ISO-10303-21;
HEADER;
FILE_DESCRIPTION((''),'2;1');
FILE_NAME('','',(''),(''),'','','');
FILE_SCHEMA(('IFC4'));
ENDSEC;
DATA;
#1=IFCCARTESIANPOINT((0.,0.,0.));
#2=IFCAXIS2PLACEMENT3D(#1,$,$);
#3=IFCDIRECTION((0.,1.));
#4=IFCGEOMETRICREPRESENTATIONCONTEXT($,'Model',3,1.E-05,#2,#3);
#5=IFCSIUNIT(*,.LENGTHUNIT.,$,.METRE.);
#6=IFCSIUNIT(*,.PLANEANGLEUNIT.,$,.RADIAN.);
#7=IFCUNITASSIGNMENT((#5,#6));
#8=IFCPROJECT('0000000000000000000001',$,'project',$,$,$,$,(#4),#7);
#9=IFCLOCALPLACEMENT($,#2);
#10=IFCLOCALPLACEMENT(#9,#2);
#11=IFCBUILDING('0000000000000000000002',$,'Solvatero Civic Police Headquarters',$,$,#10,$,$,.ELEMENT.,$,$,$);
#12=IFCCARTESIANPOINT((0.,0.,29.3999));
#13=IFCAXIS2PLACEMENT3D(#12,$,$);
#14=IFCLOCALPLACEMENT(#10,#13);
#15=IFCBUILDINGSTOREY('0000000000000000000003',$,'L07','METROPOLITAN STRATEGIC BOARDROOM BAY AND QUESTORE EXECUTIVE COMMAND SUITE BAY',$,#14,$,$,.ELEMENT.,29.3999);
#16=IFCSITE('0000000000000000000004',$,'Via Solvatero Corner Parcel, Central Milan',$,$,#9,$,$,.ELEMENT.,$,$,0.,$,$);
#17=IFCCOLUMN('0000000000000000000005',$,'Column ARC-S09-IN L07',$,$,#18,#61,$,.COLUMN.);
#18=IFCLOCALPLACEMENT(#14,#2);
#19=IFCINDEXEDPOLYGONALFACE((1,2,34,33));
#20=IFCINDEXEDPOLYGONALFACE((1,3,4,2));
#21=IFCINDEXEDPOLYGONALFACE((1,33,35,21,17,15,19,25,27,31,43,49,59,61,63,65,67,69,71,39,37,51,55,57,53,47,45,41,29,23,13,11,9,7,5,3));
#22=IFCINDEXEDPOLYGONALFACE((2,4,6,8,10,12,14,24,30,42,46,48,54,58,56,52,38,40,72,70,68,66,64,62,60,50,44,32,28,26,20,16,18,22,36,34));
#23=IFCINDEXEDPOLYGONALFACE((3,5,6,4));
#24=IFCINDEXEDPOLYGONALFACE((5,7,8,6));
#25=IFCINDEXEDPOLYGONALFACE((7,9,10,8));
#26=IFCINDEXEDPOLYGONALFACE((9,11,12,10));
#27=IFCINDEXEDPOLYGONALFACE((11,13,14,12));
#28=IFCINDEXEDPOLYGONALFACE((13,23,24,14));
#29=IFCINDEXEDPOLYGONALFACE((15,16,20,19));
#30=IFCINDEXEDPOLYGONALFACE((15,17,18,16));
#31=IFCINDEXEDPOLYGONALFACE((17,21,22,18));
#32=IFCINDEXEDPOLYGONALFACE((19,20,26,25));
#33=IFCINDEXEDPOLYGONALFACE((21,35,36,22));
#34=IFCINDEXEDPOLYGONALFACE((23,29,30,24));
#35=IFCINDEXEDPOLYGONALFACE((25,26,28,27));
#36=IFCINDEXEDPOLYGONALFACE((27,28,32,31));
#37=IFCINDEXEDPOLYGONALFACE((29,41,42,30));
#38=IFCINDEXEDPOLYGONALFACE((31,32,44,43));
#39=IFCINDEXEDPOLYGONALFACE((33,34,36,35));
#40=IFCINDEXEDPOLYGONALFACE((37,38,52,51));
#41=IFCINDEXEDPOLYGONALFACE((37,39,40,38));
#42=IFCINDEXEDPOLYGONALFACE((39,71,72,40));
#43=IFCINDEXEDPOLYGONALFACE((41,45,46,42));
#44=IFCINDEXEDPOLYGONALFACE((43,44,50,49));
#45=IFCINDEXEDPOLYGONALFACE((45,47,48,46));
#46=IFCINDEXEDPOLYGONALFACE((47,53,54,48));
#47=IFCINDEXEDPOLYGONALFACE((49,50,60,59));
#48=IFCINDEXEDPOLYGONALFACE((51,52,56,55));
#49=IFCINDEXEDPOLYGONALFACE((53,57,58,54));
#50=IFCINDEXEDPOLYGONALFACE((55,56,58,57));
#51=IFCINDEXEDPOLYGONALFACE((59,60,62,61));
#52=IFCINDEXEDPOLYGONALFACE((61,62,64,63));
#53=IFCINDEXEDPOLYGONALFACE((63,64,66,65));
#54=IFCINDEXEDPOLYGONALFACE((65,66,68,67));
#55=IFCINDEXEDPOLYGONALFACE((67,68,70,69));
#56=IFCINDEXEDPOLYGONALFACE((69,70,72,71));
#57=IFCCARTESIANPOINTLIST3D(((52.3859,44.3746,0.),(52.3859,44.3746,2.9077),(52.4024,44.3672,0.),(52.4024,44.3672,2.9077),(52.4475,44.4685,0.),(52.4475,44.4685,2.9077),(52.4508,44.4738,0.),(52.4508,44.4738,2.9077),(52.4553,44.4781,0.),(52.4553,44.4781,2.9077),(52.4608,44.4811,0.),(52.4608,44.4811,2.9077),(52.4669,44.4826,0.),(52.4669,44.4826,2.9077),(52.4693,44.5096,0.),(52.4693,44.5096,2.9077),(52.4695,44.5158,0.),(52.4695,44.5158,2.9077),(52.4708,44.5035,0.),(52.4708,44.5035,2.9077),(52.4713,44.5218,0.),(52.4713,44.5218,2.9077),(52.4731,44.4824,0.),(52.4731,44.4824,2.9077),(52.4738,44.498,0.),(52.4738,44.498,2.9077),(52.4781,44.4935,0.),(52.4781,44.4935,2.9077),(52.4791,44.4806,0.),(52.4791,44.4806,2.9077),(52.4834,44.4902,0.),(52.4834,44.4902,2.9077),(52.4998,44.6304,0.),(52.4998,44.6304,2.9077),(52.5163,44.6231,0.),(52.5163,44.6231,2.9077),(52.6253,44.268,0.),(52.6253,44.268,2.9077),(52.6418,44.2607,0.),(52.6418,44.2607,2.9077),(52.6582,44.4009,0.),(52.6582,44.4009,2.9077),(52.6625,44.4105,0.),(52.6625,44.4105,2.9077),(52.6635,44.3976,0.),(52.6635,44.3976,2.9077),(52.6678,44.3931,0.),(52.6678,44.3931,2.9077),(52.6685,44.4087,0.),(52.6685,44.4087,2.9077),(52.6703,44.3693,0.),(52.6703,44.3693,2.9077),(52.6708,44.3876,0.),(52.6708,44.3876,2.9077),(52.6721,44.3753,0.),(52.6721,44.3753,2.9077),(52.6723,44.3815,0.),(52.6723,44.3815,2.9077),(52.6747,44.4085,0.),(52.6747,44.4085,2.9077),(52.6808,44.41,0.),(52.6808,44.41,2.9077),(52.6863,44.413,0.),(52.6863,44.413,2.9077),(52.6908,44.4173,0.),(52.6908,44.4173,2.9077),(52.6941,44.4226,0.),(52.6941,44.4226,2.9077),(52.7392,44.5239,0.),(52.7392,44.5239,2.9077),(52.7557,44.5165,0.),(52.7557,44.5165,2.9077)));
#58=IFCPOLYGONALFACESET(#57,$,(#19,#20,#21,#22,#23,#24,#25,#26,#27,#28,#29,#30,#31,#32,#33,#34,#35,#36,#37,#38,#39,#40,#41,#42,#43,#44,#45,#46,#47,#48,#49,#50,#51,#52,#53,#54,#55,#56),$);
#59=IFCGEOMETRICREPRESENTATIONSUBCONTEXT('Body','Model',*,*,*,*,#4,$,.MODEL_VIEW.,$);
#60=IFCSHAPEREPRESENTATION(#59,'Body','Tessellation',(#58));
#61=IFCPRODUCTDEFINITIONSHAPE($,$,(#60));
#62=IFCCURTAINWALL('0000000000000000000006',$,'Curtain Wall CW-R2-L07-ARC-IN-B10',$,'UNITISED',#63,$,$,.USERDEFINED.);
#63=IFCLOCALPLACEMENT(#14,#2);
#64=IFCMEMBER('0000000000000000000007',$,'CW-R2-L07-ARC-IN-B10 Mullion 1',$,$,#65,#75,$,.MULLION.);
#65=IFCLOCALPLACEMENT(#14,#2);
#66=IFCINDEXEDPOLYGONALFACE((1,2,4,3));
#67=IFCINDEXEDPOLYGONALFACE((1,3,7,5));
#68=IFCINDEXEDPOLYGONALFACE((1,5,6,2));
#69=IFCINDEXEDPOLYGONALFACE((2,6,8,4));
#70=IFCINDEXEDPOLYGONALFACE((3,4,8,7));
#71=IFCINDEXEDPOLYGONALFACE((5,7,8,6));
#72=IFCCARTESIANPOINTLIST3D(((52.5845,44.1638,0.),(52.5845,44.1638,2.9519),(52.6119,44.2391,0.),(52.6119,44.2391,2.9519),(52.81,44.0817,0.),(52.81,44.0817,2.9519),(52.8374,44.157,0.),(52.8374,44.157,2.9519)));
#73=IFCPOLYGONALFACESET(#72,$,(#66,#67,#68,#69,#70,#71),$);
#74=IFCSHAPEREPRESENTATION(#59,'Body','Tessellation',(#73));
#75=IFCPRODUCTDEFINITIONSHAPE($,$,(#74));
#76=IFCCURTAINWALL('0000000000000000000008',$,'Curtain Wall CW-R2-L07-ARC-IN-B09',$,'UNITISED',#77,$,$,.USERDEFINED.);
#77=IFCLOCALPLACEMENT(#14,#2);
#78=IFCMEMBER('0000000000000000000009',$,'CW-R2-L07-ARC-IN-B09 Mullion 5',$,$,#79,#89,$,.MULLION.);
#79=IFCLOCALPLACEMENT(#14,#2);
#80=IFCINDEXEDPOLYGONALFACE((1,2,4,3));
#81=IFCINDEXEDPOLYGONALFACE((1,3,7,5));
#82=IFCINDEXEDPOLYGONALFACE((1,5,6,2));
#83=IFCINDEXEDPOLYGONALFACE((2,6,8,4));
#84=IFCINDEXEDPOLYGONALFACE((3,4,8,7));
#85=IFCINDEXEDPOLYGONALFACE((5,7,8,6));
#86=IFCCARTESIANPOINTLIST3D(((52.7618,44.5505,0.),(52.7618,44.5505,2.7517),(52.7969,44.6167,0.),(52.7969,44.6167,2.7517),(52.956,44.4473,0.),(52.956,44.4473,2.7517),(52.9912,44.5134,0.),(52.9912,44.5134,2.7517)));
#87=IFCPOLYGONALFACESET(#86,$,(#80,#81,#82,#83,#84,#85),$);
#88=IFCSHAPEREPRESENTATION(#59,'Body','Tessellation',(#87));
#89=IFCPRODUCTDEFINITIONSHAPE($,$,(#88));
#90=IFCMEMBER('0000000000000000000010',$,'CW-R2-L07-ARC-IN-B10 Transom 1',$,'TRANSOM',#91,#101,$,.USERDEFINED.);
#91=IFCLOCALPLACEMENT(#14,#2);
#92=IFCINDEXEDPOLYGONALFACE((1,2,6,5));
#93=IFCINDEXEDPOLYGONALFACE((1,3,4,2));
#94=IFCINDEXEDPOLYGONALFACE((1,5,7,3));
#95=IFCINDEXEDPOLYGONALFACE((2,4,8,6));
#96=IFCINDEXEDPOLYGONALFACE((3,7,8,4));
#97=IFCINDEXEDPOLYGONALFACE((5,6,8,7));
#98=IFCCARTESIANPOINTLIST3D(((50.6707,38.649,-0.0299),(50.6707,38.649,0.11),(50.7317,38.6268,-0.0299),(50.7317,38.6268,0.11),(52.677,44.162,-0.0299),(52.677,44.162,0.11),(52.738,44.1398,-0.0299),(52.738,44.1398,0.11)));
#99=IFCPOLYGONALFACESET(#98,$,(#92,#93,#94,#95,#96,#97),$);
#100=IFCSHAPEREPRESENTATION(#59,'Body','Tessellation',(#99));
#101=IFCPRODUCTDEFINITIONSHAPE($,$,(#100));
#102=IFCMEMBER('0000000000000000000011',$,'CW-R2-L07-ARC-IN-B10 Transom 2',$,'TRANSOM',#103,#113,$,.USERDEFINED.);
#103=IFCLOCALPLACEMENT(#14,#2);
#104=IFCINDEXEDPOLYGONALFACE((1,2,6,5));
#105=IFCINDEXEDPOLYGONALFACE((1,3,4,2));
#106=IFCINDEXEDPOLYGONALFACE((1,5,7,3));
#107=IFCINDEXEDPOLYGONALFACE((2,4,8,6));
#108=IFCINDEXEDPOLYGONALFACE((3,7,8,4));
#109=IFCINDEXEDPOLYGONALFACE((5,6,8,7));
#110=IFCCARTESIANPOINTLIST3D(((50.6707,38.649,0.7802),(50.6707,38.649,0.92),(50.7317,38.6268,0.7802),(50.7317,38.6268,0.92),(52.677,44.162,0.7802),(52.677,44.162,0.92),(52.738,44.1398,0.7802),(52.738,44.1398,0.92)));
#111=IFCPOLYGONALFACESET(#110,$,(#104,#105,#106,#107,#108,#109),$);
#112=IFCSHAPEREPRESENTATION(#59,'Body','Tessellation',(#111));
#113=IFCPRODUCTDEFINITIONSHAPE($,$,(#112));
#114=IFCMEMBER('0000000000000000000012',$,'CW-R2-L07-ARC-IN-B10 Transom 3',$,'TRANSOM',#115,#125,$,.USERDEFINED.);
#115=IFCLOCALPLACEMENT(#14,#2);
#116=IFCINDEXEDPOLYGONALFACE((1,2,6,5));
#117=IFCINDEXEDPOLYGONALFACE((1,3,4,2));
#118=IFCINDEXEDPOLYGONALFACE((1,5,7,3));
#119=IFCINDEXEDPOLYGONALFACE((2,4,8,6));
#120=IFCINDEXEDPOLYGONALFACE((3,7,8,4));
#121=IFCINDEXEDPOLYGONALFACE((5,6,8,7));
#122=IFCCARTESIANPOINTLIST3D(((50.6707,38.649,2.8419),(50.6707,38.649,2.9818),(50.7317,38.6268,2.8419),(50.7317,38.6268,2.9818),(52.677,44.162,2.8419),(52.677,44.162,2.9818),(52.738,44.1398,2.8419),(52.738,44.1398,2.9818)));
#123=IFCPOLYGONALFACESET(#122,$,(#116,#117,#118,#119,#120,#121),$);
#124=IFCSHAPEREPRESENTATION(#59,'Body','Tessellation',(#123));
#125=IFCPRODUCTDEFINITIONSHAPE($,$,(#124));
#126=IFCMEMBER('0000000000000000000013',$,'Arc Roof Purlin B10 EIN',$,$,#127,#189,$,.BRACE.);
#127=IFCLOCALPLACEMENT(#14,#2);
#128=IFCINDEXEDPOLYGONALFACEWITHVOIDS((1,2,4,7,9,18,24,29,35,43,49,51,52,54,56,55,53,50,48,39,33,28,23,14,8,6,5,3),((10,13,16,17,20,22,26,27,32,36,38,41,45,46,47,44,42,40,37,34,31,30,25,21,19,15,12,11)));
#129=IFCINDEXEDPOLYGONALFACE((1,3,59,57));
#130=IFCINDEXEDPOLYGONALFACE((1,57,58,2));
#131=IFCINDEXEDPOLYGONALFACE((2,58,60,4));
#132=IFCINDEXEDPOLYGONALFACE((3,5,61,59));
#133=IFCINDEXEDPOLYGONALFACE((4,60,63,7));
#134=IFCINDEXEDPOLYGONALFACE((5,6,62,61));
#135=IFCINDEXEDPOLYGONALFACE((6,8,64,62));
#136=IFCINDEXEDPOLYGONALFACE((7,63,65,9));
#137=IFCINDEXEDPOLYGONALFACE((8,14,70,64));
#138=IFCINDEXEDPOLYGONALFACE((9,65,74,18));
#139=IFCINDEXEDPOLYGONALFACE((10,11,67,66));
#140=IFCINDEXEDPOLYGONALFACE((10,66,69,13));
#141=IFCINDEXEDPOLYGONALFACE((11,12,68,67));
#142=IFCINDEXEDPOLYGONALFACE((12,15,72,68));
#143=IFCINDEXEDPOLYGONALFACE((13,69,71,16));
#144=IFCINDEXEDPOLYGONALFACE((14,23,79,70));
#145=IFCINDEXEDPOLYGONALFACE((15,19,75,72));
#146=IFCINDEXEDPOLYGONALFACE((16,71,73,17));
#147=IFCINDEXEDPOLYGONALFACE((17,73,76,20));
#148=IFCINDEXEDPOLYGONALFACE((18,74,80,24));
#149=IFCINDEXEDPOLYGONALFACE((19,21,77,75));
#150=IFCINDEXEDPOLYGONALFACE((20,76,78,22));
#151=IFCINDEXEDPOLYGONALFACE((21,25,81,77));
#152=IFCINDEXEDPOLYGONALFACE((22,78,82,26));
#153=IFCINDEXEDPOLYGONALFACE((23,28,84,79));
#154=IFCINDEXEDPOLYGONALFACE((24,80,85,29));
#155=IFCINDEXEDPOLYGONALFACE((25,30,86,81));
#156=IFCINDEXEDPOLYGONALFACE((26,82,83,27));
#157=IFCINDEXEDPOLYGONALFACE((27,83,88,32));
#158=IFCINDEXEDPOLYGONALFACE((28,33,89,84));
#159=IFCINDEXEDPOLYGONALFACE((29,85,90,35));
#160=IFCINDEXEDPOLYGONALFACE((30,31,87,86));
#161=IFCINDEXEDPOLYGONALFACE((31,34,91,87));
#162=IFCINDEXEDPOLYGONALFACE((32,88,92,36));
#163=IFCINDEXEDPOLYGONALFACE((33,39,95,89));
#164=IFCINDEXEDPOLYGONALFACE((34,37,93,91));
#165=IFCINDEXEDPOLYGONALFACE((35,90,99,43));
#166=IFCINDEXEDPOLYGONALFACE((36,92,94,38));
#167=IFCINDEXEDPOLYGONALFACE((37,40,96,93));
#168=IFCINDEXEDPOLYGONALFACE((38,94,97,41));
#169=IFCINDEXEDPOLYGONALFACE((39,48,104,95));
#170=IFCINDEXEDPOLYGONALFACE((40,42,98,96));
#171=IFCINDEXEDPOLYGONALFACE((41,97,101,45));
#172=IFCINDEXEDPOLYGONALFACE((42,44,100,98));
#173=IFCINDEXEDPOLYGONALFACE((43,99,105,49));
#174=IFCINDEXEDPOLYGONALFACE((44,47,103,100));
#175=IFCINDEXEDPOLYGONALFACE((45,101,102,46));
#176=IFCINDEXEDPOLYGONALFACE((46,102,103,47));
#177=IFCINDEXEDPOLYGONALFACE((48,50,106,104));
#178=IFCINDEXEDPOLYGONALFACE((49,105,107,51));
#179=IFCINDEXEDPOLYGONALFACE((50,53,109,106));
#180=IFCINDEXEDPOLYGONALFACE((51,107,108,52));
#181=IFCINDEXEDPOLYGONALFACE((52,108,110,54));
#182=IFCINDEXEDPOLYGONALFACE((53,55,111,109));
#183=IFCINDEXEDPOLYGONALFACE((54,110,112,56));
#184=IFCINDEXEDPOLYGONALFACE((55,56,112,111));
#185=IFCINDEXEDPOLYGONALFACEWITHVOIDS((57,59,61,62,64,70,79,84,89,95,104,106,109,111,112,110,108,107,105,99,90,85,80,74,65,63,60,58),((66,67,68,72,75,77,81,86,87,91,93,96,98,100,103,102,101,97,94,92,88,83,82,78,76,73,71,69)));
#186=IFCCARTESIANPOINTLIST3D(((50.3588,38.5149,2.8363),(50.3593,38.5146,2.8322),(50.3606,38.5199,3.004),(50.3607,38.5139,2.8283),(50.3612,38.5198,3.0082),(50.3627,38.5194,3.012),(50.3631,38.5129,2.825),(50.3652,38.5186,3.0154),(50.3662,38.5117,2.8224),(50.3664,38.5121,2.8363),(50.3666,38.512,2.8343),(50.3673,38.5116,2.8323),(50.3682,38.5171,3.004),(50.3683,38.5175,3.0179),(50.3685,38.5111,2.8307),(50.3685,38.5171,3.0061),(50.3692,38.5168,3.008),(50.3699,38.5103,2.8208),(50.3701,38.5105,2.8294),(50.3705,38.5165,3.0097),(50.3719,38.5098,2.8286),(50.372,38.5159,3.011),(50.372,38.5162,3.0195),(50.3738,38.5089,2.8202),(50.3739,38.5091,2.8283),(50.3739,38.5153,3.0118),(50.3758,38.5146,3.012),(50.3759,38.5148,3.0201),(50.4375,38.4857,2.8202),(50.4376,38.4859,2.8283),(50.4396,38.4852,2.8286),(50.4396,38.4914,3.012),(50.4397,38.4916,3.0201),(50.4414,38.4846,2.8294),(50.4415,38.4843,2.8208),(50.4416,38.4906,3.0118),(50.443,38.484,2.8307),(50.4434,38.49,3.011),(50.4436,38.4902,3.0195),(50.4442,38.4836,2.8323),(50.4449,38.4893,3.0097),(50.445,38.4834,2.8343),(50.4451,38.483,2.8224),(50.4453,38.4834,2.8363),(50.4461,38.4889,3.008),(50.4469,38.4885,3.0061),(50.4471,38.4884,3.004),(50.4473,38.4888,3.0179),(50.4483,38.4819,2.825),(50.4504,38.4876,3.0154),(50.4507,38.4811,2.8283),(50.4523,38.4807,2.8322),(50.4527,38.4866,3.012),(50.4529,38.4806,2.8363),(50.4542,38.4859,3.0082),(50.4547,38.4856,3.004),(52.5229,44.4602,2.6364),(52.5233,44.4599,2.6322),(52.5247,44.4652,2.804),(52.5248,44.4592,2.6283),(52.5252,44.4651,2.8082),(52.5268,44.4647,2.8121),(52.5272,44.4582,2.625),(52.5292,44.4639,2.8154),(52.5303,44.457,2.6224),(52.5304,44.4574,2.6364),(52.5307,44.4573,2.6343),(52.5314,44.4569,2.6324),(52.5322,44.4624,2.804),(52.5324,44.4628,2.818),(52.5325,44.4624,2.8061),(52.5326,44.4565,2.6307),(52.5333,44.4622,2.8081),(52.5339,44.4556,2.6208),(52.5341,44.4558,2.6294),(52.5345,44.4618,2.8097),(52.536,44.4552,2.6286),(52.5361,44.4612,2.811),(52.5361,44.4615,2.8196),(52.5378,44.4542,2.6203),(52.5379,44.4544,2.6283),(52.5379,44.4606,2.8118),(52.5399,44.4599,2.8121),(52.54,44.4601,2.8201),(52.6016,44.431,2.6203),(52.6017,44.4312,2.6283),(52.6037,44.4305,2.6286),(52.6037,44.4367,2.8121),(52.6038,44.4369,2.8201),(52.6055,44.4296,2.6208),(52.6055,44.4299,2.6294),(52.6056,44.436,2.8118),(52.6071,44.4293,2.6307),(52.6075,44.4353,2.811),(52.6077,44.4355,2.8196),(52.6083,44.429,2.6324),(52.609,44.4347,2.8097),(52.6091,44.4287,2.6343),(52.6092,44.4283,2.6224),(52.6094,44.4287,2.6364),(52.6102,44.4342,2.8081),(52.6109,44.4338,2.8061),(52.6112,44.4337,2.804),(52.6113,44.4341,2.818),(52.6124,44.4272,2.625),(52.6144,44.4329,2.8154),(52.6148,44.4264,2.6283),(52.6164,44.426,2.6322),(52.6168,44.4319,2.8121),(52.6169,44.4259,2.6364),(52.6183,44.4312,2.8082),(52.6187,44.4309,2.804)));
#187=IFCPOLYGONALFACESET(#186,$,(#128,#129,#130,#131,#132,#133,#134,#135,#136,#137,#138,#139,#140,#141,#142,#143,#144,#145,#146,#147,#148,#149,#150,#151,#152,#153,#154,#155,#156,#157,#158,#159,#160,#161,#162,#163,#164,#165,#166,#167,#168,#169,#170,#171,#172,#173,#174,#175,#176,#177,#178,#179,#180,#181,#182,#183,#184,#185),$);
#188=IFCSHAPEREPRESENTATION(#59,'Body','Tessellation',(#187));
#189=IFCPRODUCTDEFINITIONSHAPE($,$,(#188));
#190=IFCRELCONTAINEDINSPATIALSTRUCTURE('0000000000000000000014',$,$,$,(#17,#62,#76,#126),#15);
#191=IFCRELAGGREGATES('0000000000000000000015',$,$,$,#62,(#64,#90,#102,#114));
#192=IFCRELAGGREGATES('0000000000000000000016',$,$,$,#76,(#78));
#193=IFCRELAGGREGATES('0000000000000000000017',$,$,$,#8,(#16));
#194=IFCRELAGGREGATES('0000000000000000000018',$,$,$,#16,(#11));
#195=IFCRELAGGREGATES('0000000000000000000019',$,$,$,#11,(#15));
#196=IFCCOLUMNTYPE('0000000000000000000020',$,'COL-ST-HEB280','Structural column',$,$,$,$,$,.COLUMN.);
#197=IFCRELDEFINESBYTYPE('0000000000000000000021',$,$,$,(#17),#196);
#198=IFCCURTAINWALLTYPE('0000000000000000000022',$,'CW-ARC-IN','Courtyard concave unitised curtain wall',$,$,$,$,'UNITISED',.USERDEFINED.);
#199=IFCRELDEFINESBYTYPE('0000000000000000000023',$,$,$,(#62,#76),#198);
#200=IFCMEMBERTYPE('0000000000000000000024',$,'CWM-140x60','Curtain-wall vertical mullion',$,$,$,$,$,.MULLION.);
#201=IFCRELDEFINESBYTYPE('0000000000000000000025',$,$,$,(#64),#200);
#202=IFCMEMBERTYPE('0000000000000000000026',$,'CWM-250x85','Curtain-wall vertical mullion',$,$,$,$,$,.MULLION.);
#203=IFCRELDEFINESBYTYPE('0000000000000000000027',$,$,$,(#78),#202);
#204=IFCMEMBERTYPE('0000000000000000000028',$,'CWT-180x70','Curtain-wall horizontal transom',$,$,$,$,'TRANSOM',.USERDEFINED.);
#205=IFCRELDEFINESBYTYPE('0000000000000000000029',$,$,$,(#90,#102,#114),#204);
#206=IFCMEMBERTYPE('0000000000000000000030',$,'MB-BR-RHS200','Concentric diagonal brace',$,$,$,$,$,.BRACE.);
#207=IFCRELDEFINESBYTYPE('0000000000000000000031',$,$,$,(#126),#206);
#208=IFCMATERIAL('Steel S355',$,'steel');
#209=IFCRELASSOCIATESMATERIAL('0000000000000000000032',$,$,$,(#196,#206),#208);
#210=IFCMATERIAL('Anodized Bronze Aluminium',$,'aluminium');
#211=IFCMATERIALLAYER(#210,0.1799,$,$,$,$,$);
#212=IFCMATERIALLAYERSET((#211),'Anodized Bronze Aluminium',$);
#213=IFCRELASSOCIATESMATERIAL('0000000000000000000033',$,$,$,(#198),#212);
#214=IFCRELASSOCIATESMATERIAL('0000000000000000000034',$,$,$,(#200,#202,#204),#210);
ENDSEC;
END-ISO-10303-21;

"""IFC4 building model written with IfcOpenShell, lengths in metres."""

from ifc_helpers import new_model, si_unit, direction, frame, origin, origin_2d, place, context, subcontext, project, spatial, rectangle, hollow_rectangle, i_section, extrude, material, layer, layer_set, material_profile, profile_set, type_object, element, aggregate, save


model = new_model("IFC4")

# Units and contexts
model_context = context("Model", 3, precision=1e-05, world=origin(), true_north=direction((0.0, 1.0)))
body_context = subcontext(model_context, "Body", "Model", "MODEL_VIEW")
ifc_project = project(units=[si_unit("LENGTHUNIT", "METRE"), si_unit("PLANEANGLEUNIT", "RADIAN")], contexts=[model_context])

# Site, building, storey
site_placement = place(None, origin())
site = spatial("IfcSite", under=ifc_project, at=site_placement, Name="Via Solvatero Corner Parcel, Central Milan", CompositionType="ELEMENT", RefElevation=0.0)
building_placement = place(site_placement, origin())
building = spatial("IfcBuilding", under=site, at=building_placement, Name="Solvatero Civic Police Headquarters", CompositionType="ELEMENT")
storey_placement = place(building_placement, frame((0.0, 0.0, 29.3999)))
storey = spatial("IfcBuildingStorey", under=building, at=storey_placement, Name="L07", Description="METROPOLITAN STRATEGIC BOARDROOM BAY AND QUESTORE EXECUTIVE COMMAND SUITE BAY", CompositionType="ELEMENT", Elevation=29.3999)

# Column
ifc_material_1 = material(Name="Steel S355", Category="steel")
ifc_material_profile_1 = material_profile(ifc_material_1, i_section(OverallWidth=0.28, OverallDepth=0.28, WebThickness=0.0105, FlangeThickness=0.0181, FilletRadius=0.0239, at=origin_2d()), Name="HEB 280")
ifc_profile_set_1 = profile_set([ifc_material_profile_1], Name="Steel S355")
column_type = type_object("IfcColumnType", Name="COL-ST-HEB280", Description="Structural column", PredefinedType="COLUMN", material=ifc_profile_set_1)
column_placement = place(storey_placement, frame((52.5708, 44.4456, 0.0), z_axis=(0.0, 0.0, 1.0), x_axis=(0.406737, 0.913545, 0.0)))
element("IfcColumn", 1, at=column_placement, inside=storey, type_object=column_type, Name="Column ARC-S09-IN L07", PredefinedType="COLUMN", context=body_context, shape_type="SweptSolid", body=[
    extrude(i_section(OverallWidth=0.28, OverallDepth=0.28, WebThickness=0.0105, FlangeThickness=0.0181, FilletRadius=0.0239, at=origin_2d()), origin(), (0.0, 0.0, 1.0), 2.9077),
])

# Curtain walls, members
ifc_material_2 = material(Name="Anodized Bronze Aluminium", Category="aluminium")
ifc_layer_1 = layer(ifc_material_2, 0.1799)
ifc_layer_set_1 = layer_set([ifc_layer_1], Name="Anodized Bronze Aluminium")
curtain_wall_type = type_object("IfcCurtainWallType", Name="CW-ARC-IN", Description="Courtyard concave unitised curtain wall", ElementType="UNITISED", PredefinedType="USERDEFINED", material=ifc_layer_set_1)
curtain_wall_1_placement = place(storey_placement, origin())
curtain_wall_1 = element("IfcCurtainWall", 2, at=curtain_wall_1_placement, inside=storey, type_object=curtain_wall_type, Name="Curtain Wall CW-R2-L07-ARC-IN-B10", ObjectType="UNITISED", PredefinedType="USERDEFINED")
ifc_material_profile_2 = material_profile(ifc_material_2, rectangle(XDim=0.0801, YDim=0.24, at=origin_2d()), Name="ALU MULLION 80x240")
ifc_profile_set_2 = profile_set([ifc_material_profile_2], Name="Anodized Bronze Aluminium")
member_type_1 = type_object("IfcMemberType", Name="CWM-140x60", Description="Curtain-wall vertical mullion", PredefinedType="MULLION", material=ifc_profile_set_2)
member_1_placement = place(storey_placement, frame((52.7109, 44.1604, 0.0), z_axis=(0.0, 0.0, 1.0), x_axis=(-0.342004, -0.939699, 0.0)))
member_1 = element("IfcMember", 3, at=member_1_placement, type_object=member_type_1, Name="CW-R2-L07-ARC-IN-B10 Mullion 1", PredefinedType="MULLION", context=body_context, shape_type="SweptSolid", body=[
    extrude(rectangle(XDim=0.0801, YDim=0.24, at=origin_2d()), origin(), (0.0, 0.0, 1.0), 2.9519),
])
curtain_wall_2_placement = place(storey_placement, origin())
curtain_wall_2 = element("IfcCurtainWall", 4, at=curtain_wall_2_placement, inside=storey, type_object=curtain_wall_type, Name="Curtain Wall CW-R2-L07-ARC-IN-B09", ObjectType="UNITISED", PredefinedType="USERDEFINED")
ifc_material_profile_3 = material_profile(ifc_material_2, rectangle(XDim=0.075, YDim=0.22, at=origin_2d()), Name="ALU MULLION 75x220")
ifc_profile_set_3 = profile_set([ifc_material_profile_3], Name="Anodized Bronze Aluminium")
member_type_2 = type_object("IfcMemberType", Name="CWM-250x85", Description="Curtain-wall vertical mullion", PredefinedType="MULLION", material=ifc_profile_set_3)
member_2_placement = place(storey_placement, frame((52.8765, 44.532, 0.0), z_axis=(0.0, 0.0, 1.0), x_axis=(-0.469487, -0.882939, 0.0)))
member_2 = element("IfcMember", 5, at=member_2_placement, type_object=member_type_2, Name="CW-R2-L07-ARC-IN-B09 Mullion 5", PredefinedType="MULLION", context=body_context, shape_type="SweptSolid", body=[
    extrude(rectangle(XDim=0.075, YDim=0.22, at=origin_2d()), origin(), (0.0, 0.0, 1.0), 2.7517),
])

# Members
ifc_material_profile_4 = material_profile(ifc_material_2, rectangle(XDim=0.0649, YDim=0.1399, at=origin_2d()), Name="ALU TRANSOM 65x140")
ifc_profile_set_4 = profile_set([ifc_material_profile_4], Name="Anodized Bronze Aluminium")
member_type_3 = type_object("IfcMemberType", Name="CWT-180x70", Description="Curtain-wall horizontal transom", ElementType="TRANSOM", PredefinedType="USERDEFINED", material=ifc_profile_set_4)
member_3_placement = place(storey_placement, frame((52.7075, 44.1509, 0.04), z_axis=(-0.34199, -0.939703, 0.0), x_axis=(0.939703, -0.34199, 0.0)))
member_3 = element("IfcMember", 6, at=member_3_placement, type_object=member_type_3, Name="CW-R2-L07-ARC-IN-B10 Transom 1", ObjectType="TRANSOM", PredefinedType="USERDEFINED", context=body_context, shape_type="SweptSolid", body=[
    extrude(rectangle(XDim=0.0649, YDim=0.1399, at=origin_2d()), origin(), (0.0, 0.0, 1.0), 5.8667),
])
member_4_placement = place(storey_placement, frame((52.7075, 44.1509, 0.8501), z_axis=(-0.34199, -0.939703, 0.0), x_axis=(0.939703, -0.34199, 0.0)))
member_4 = element("IfcMember", 7, at=member_4_placement, type_object=member_type_3, Name="CW-R2-L07-ARC-IN-B10 Transom 2", ObjectType="TRANSOM", PredefinedType="USERDEFINED", context=body_context, shape_type="SweptSolid", body=[
    extrude(rectangle(XDim=0.0649, YDim=0.1399, at=origin_2d()), origin(), (0.0, 0.0, 1.0), 5.8667),
])
member_5_placement = place(storey_placement, frame((52.7075, 44.1509, 2.9119), z_axis=(-0.34199, -0.939703, 0.0), x_axis=(0.939703, -0.34199, 0.0)))
member_5 = element("IfcMember", 8, at=member_5_placement, type_object=member_type_3, Name="CW-R2-L07-ARC-IN-B10 Transom 3", ObjectType="TRANSOM", PredefinedType="USERDEFINED", context=body_context, shape_type="SweptSolid", body=[
    extrude(rectangle(XDim=0.0649, YDim=0.1399, at=origin_2d()), origin(), (0.0, 0.0, 1.0), 5.8667),
])
aggregate(curtain_wall_1, [member_1, member_3, member_4, member_5])
ifc_material_profile_5 = material_profile(ifc_material_1, hollow_rectangle(XDim=0.1001, YDim=0.2, WallThickness=0.0081, InnerFilletRadius=0.0081, OuterFilletRadius=0.0161, at=origin_2d()), Name="RHS 200x100x8.0")
ifc_profile_set_5 = profile_set([ifc_material_profile_5], Name="Steel S355")
member_type_4 = type_object("IfcMemberType", Name="MB-BR-RHS200", Description="Concentric diagonal brace", PredefinedType="BRACE", material=ifc_profile_set_5)
member_6_placement = place(storey_placement, frame((52.5708, 44.4456, 2.7202), z_axis=(-0.34187, -0.939216, 0.031587), x_axis=(0.939685, -0.34204, 0.0)))
element("IfcMember", 9, at=member_6_placement, inside=storey, type_object=member_type_4, Name="Arc Roof Purlin B10 EIN", PredefinedType="BRACE", context=body_context, shape_type="SweptSolid", body=[
    extrude(hollow_rectangle(XDim=0.1001, YDim=0.2, WallThickness=0.0081, InnerFilletRadius=0.0081, OuterFilletRadius=0.0161, at=origin_2d()), origin(), (0.0, 0.0, 1.0), 6.3301),
])

aggregate(curtain_wall_2, [member_2])

save(model, "model.ifc")
